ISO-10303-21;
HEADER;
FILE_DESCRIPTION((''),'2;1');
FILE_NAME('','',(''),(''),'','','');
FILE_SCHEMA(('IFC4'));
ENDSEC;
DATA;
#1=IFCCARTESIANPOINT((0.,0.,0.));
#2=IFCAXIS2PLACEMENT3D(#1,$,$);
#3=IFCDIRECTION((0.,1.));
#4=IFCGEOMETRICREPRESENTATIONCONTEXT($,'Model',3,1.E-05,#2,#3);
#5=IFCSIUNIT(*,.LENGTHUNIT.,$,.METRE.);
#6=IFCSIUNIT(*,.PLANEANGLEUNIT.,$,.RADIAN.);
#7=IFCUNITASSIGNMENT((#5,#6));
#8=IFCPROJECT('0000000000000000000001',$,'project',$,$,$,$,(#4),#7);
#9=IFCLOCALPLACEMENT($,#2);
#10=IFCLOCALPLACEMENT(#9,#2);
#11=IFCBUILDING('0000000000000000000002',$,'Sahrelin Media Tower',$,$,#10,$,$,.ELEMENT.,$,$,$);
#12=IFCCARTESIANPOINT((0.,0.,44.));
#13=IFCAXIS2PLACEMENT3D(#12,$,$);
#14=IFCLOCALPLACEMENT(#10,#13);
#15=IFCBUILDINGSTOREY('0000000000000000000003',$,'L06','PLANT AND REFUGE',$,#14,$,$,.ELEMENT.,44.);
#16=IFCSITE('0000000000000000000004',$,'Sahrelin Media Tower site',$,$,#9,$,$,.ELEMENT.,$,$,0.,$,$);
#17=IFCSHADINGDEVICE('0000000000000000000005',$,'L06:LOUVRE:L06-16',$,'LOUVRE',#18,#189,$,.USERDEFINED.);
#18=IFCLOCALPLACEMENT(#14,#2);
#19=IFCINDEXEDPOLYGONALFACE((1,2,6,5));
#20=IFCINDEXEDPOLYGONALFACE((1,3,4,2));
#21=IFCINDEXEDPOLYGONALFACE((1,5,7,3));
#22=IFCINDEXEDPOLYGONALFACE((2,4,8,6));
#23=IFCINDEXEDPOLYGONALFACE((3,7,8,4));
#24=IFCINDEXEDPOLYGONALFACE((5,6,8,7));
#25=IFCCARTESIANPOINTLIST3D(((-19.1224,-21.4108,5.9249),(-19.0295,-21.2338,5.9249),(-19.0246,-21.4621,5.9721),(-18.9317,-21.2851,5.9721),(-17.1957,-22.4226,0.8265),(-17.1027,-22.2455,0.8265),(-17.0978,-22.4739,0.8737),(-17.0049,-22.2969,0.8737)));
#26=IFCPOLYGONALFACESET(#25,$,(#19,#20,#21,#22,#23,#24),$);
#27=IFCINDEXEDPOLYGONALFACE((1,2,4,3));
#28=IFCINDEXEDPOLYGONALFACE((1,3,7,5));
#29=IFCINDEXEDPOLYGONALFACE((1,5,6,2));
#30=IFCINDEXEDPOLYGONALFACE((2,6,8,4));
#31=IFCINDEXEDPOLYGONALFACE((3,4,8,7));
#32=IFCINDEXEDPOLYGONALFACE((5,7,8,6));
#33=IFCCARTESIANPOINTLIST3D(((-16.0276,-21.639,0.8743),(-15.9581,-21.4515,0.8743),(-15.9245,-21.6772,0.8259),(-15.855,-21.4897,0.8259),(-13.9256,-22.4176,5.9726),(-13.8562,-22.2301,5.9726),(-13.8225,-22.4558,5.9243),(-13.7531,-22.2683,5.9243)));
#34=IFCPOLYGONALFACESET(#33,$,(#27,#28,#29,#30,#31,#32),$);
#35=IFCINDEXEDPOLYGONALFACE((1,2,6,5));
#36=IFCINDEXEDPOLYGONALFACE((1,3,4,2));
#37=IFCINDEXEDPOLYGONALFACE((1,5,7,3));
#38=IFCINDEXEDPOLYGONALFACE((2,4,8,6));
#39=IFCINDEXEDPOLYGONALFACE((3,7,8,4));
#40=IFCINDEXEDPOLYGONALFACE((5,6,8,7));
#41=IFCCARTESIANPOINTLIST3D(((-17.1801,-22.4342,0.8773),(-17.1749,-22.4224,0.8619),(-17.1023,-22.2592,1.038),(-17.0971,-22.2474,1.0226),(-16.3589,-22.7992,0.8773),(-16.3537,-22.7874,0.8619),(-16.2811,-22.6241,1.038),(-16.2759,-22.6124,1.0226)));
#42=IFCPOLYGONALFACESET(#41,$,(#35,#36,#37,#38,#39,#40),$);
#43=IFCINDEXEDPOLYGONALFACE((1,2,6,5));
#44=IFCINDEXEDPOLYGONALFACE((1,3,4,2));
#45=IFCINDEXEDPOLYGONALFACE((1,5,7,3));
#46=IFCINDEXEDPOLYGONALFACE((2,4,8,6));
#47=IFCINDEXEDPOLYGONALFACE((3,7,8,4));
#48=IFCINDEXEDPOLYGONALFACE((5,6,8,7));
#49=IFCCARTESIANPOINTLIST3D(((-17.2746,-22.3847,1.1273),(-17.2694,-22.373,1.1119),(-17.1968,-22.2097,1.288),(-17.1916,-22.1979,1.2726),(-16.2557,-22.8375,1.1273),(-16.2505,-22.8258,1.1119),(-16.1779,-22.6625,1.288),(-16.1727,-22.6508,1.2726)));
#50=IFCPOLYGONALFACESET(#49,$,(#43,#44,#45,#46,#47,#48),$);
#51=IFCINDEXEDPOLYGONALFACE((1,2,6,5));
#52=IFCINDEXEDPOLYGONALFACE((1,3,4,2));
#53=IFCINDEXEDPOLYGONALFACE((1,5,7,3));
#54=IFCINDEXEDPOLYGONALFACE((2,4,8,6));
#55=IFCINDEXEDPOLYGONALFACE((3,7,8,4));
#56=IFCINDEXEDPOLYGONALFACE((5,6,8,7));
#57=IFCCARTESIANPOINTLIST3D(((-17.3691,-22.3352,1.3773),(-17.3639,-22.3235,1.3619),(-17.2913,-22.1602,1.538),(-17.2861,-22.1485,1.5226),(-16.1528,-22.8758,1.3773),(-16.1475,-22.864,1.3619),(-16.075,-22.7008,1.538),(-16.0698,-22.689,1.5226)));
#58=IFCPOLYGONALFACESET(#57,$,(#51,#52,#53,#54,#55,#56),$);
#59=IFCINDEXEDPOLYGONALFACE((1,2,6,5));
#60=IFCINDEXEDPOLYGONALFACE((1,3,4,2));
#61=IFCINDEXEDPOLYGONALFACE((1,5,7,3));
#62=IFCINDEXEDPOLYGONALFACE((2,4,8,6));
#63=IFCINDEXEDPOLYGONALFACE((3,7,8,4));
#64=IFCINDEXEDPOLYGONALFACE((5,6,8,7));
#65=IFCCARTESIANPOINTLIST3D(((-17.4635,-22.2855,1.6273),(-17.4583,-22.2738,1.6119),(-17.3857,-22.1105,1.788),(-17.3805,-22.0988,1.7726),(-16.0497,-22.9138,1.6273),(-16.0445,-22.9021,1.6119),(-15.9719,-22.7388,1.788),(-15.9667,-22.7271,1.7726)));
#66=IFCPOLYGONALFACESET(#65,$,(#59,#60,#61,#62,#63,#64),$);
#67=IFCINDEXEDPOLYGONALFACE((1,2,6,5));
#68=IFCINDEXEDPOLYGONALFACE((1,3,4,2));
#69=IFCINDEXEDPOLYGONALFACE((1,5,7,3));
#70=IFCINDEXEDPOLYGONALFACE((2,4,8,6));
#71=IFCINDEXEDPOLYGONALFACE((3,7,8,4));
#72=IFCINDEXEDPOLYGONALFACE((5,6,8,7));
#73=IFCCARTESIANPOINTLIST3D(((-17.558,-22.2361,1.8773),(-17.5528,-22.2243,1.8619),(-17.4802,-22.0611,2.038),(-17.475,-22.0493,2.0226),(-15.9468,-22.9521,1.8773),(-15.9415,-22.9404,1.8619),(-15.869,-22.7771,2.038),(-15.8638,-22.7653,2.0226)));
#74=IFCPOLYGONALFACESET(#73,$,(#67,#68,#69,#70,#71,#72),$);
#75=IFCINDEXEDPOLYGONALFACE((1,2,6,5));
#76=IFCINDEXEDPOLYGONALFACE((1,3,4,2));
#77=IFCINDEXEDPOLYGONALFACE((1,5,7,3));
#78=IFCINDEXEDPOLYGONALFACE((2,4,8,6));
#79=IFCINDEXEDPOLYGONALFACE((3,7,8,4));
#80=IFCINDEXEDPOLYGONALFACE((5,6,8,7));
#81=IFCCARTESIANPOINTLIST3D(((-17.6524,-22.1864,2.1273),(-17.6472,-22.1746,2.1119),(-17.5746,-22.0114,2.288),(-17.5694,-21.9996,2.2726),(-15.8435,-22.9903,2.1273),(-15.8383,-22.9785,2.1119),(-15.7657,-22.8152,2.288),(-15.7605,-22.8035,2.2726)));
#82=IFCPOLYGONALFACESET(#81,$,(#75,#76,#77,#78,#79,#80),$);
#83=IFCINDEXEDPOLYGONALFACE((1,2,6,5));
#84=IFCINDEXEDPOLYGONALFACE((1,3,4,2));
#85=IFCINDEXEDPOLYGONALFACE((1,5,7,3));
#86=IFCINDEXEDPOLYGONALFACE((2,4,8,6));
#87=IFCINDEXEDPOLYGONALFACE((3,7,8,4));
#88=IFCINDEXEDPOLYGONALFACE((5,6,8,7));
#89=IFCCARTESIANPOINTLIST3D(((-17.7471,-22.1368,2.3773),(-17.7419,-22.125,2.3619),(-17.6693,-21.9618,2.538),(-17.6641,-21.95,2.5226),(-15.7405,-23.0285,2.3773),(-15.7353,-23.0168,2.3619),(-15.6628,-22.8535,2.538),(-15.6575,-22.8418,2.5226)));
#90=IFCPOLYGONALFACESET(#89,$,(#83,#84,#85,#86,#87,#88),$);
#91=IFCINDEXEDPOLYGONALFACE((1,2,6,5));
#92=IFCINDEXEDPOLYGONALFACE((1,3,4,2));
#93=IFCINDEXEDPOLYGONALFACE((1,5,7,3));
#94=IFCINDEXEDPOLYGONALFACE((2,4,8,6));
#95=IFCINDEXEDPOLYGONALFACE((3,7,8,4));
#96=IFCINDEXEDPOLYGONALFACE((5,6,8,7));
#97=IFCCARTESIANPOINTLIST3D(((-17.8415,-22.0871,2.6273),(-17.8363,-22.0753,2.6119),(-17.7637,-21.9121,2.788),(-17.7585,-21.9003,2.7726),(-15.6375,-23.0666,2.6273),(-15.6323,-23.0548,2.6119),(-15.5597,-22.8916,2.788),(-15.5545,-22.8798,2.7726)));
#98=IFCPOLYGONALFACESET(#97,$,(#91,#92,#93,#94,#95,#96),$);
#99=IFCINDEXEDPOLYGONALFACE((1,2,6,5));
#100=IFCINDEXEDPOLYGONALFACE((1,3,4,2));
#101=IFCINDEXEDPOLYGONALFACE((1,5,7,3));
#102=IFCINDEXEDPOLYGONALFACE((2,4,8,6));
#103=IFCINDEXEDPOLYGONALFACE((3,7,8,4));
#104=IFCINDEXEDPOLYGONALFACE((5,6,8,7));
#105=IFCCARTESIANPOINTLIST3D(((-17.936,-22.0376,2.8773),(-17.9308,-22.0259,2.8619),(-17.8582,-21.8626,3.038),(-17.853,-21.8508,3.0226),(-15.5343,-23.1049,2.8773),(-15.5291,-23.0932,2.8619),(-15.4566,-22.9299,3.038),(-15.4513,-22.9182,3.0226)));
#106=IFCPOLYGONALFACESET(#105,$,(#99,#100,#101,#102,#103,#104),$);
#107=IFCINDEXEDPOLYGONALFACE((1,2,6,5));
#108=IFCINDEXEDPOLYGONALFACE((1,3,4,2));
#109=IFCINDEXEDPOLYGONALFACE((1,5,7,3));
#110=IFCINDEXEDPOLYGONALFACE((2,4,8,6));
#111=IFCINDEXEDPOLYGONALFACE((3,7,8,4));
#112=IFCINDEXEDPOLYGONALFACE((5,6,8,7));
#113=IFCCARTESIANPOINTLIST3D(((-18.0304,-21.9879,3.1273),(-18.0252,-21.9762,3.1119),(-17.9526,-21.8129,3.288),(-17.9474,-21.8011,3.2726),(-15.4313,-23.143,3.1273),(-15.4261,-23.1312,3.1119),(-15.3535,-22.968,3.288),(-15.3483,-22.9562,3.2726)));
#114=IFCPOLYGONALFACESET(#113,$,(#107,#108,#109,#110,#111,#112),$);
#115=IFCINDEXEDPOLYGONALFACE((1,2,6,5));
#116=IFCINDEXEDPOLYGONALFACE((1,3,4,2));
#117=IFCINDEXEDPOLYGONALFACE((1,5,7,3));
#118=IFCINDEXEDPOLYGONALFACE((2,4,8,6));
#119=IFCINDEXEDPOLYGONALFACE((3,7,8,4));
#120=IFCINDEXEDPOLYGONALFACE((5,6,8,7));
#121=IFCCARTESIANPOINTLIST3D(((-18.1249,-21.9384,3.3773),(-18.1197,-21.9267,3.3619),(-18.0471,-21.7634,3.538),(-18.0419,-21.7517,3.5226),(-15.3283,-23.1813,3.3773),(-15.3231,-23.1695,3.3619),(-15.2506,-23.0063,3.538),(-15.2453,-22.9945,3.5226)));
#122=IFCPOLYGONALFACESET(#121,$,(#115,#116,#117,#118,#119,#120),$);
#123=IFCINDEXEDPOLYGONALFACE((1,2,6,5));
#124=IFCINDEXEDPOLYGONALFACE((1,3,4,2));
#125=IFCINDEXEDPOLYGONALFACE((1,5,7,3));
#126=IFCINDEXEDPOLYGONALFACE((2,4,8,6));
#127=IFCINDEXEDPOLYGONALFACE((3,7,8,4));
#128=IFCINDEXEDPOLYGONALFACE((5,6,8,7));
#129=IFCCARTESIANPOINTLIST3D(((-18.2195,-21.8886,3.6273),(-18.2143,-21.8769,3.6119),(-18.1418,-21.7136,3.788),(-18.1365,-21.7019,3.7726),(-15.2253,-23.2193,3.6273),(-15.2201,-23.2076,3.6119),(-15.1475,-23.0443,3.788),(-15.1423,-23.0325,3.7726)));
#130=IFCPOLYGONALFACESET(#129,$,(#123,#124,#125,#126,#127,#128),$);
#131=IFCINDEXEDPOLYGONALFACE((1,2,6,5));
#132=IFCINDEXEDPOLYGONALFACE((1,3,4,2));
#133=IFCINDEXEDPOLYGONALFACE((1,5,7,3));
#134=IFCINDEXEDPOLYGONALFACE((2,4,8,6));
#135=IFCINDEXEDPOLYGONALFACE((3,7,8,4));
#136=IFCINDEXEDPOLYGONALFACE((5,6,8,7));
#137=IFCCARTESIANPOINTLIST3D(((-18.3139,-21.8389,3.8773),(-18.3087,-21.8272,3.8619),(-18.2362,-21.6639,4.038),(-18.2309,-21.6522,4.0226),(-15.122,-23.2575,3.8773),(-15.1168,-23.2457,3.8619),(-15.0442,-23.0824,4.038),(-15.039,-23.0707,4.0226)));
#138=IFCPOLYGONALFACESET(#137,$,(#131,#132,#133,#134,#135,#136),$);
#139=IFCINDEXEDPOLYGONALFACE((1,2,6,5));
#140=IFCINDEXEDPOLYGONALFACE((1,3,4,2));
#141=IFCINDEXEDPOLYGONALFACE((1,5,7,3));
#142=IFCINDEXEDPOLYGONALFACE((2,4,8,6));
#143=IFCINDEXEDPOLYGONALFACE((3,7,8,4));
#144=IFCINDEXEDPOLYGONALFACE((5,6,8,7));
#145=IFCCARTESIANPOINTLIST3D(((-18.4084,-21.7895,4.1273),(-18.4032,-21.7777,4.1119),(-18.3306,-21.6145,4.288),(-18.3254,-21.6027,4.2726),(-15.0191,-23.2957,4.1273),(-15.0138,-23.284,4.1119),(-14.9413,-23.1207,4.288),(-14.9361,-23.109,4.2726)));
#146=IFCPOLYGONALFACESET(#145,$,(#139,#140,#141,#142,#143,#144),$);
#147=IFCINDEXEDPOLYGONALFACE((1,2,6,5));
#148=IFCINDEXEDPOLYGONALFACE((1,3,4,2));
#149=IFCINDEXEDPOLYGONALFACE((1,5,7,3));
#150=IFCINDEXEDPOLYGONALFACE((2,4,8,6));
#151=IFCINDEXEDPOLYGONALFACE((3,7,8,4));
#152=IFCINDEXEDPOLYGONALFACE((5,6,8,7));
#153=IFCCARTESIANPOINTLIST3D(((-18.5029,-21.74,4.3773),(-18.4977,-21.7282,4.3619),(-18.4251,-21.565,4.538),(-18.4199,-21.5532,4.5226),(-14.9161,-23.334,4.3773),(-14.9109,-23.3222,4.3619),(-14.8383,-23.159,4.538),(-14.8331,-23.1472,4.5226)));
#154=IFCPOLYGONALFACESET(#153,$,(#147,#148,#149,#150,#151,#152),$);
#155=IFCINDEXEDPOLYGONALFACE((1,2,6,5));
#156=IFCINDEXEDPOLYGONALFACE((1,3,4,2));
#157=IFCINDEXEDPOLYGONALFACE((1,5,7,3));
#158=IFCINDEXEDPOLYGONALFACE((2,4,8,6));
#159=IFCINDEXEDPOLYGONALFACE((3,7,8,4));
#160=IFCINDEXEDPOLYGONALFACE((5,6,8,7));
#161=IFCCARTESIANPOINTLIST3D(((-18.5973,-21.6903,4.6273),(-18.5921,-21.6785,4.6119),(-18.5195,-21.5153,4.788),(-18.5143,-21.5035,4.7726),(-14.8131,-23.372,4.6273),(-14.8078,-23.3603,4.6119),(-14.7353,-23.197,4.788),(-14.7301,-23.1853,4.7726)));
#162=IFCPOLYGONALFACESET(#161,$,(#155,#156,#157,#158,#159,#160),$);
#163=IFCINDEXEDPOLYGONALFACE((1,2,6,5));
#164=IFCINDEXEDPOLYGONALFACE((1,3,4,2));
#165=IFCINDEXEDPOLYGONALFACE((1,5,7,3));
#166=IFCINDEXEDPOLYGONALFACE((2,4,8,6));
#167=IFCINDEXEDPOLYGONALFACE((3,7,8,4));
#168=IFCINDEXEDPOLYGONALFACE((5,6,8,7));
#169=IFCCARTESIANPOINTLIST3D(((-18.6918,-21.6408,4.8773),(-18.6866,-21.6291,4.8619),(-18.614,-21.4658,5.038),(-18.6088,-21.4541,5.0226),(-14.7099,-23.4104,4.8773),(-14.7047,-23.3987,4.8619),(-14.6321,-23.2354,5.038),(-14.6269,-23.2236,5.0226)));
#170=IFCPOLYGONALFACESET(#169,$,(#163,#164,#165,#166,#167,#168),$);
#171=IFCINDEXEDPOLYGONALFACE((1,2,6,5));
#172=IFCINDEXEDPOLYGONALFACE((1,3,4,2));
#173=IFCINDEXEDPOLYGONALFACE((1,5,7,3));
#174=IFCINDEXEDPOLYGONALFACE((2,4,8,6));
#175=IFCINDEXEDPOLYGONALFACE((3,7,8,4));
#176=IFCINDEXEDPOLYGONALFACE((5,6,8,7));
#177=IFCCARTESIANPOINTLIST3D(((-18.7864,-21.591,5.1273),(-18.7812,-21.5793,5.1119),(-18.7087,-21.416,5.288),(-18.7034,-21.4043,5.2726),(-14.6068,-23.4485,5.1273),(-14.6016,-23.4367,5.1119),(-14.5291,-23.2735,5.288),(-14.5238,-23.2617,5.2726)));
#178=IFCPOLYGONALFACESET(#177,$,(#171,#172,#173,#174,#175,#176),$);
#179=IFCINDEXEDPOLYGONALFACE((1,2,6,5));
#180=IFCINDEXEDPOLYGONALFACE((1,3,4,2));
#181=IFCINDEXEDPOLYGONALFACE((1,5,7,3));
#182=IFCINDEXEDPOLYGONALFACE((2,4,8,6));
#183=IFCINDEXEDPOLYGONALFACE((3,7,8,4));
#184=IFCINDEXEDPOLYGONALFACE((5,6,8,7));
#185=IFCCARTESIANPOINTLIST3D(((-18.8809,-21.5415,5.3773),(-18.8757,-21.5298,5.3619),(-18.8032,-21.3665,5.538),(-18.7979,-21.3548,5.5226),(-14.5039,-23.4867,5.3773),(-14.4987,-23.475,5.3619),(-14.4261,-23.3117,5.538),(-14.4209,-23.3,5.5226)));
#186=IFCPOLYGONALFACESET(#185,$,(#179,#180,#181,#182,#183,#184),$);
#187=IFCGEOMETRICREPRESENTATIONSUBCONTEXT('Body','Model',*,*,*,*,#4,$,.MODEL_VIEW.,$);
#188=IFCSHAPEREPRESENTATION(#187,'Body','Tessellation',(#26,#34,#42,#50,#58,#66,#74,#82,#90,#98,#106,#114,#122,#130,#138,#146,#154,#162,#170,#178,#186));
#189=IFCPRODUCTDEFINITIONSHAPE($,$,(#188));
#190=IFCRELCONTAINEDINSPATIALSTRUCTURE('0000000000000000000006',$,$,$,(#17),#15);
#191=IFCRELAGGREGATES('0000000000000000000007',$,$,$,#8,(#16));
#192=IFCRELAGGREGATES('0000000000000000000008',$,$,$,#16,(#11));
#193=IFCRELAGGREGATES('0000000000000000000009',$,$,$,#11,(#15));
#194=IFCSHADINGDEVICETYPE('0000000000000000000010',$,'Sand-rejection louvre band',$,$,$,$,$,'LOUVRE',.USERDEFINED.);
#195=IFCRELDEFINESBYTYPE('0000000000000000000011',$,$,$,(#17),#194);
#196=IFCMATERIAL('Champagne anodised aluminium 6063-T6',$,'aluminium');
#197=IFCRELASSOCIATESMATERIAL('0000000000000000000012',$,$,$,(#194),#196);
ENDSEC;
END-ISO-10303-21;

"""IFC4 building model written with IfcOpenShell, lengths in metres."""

from ifc_helpers import new_model, si_unit, direction, frame, origin, origin_2d, place, context, subcontext, project, spatial, rectangle, extrude, material, type_object, element, save


model = new_model("IFC4")

# Units and contexts
model_context = context("Model", 3, precision=1e-05, world=origin(), true_north=direction((0.0, 1.0)))
body_context = subcontext(model_context, "Body", "Model", "MODEL_VIEW")
ifc_project = project(units=[si_unit("LENGTHUNIT", "METRE"), si_unit("PLANEANGLEUNIT", "RADIAN")], contexts=[model_context])

# Site, building, storey
site_placement = place(None, origin())
site = spatial("IfcSite", under=ifc_project, at=site_placement, Name="Sahrelin Media Tower site", CompositionType="ELEMENT", RefElevation=0.0)
building_placement = place(site_placement, origin())
building = spatial("IfcBuilding", under=site, at=building_placement, Name="Sahrelin Media Tower", CompositionType="ELEMENT")
storey_placement = place(building_placement, frame((0.0, 0.0, 44.0)))
storey = spatial("IfcBuildingStorey", under=building, at=storey_placement, Name="L06", Description="PLANT AND REFUGE", CompositionType="ELEMENT", Elevation=44.0)

# Shading device
ifc_material_1 = material(Name="Champagne anodised aluminium 6063-T6", Category="aluminium")
shading_device_type = type_object("IfcShadingDeviceType", Name="Sand-rejection louvre band", ElementType="LOUVRE", PredefinedType="USERDEFINED", material=ifc_material_1)
shading_device_1_placement = place(storey_placement, frame((-16.4807, -22.0056, 0.0), z_axis=(0.0, 0.0, 1.0), x_axis=(-0.913824, 0.406111, 0.0)))
element("IfcShadingDevice", 1, at=shading_device_1_placement, inside=storey, type_object=shading_device_type, Name="L06:LOUVRE:L06-16", ObjectType="LOUVRE", PredefinedType="USERDEFINED", context=body_context, shape_type="SweptSolid", body=[
    extrude(rectangle(XDim=0.2, YDim=0.1201, at=origin_2d()), frame((0.4224, 0.5752, 0.8501), z_axis=(0.391748, -0.025632, 0.919716), x_axis=(0.06529, 0.997866, 0.0)), (0.0, 0.0, 1.0), 5.5435),
    extrude(rectangle(XDim=0.2, YDim=0.1201, at=origin_2d()), frame((-0.3137, -0.6223, 0.8501), z_axis=(-0.40167, -0.025513, 0.915429), x_axis=(0.063389, -0.997989, 0.0)), (0.0, 0.0, 1.0), 5.5693),
    extrude(rectangle(XDim=0.25, YDim=0.02, at=origin_2d()), frame((0.4651, 0.5735, 0.95), z_axis=(-1.0, 0.0, 0.0), x_axis=(0.0, -0.766044, 0.642788)), (0.0, 0.0, 1.0), 0.8987),
    extrude(rectangle(XDim=0.25, YDim=0.02, at=origin_2d()), frame((0.5715, 0.5667, 1.2), z_axis=(-1.0, 0.0, 0.0), x_axis=(0.0, -0.766044, 0.642788)), (0.0, 0.0, 1.0), 1.115),
    extrude(rectangle(XDim=0.25, YDim=0.02, at=origin_2d()), frame((0.678, 0.5598, 1.45), z_axis=(-1.0, 0.0, 0.0), x_axis=(0.0, -0.766044, 0.642788)), (0.0, 0.0, 1.0), 1.3311),
    extrude(rectangle(XDim=0.25, YDim=0.02, at=origin_2d()), frame((0.7844, 0.5527, 1.7), z_axis=(-1.0, 0.0, 0.0), x_axis=(0.0, -0.766044, 0.642788)), (0.0, 0.0, 1.0), 1.5471),
    extrude(rectangle(XDim=0.25, YDim=0.02, at=origin_2d()), frame((0.8909, 0.5459, 1.95), z_axis=(-1.0, 0.0, 0.0), x_axis=(0.0, -0.766044, 0.642788)), (0.0, 0.0, 1.0), 1.7632),
    extrude(rectangle(XDim=0.25, YDim=0.02, at=origin_2d()), frame((0.9973, 0.5388, 2.2), z_axis=(-1.0, 0.0, 0.0), x_axis=(0.0, -0.766044, 0.642788)), (0.0, 0.0, 1.0), 1.9795),
    extrude(rectangle(XDim=0.25, YDim=0.02, at=origin_2d()), frame((1.104, 0.532, 2.45), z_axis=(-1.0, 0.0, 0.0), x_axis=(0.0, -0.766044, 0.642788)), (0.0, 0.0, 1.0), 2.1958),
    extrude(rectangle(XDim=0.25, YDim=0.02, at=origin_2d()), frame((1.2104, 0.5249, 2.7), z_axis=(-1.0, 0.0, 0.0), x_axis=(0.0, -0.766044, 0.642788)), (0.0, 0.0, 1.0), 2.4119),
    extrude(rectangle(XDim=0.25, YDim=0.02, at=origin_2d()), frame((1.3169, 0.5181, 2.95), z_axis=(-1.0, 0.0, 0.0), x_axis=(0.0, -0.766044, 0.642788)), (0.0, 0.0, 1.0), 2.6282),
    extrude(rectangle(XDim=0.25, YDim=0.02, at=origin_2d()), frame((1.4233, 0.511, 3.2), z_axis=(-1.0, 0.0, 0.0), x_axis=(0.0, -0.766044, 0.642788)), (0.0, 0.0, 1.0), 2.8442),
    extrude(rectangle(XDim=0.25, YDim=0.02, at=origin_2d()), frame((1.5298, 0.5042, 3.45), z_axis=(-1.0, 0.0, 0.0), x_axis=(0.0, -0.766044, 0.642788)), (0.0, 0.0, 1.0), 3.0603),
    extrude(rectangle(XDim=0.25, YDim=0.02, at=origin_2d()), frame((1.6365, 0.4971, 3.7), z_axis=(-1.0, 0.0, 0.0), x_axis=(0.0, -0.766044, 0.642788)), (0.0, 0.0, 1.0), 3.2766),
    extrude(rectangle(XDim=0.25, YDim=0.02, at=origin_2d()), frame((1.7429, 0.49, 3.95), z_axis=(-1.0, 0.0, 0.0), x_axis=(0.0, -0.766044, 0.642788)), (0.0, 0.0, 1.0), 3.4929),
    extrude(rectangle(XDim=0.25, YDim=0.02, at=origin_2d()), frame((1.8494, 0.4832, 4.2), z_axis=(-1.0, 0.0, 0.0), x_axis=(0.0, -0.766044, 0.642788)), (0.0, 0.0, 1.0), 3.709),
    extrude(rectangle(XDim=0.25, YDim=0.02, at=origin_2d()), frame((1.9558, 0.4763, 4.45), z_axis=(-1.0, 0.0, 0.0), x_axis=(0.0, -0.766044, 0.642788)), (0.0, 0.0, 1.0), 3.925),
    extrude(rectangle(XDim=0.25, YDim=0.02, at=origin_2d()), frame((2.0623, 0.4692, 4.7), z_axis=(-1.0, 0.0, 0.0), x_axis=(0.0, -0.766044, 0.642788)), (0.0, 0.0, 1.0), 4.1411),
    extrude(rectangle(XDim=0.25, YDim=0.02, at=origin_2d()), frame((2.1687, 0.4624, 4.95), z_axis=(-1.0, 0.0, 0.0), x_axis=(0.0, -0.766044, 0.642788)), (0.0, 0.0, 1.0), 4.3574),
    extrude(rectangle(XDim=0.25, YDim=0.02, at=origin_2d()), frame((2.2754, 0.4553, 5.2), z_axis=(-1.0, 0.0, 0.0), x_axis=(0.0, -0.766044, 0.642788)), (0.0, 0.0, 1.0), 4.5737),
    extrude(rectangle(XDim=0.25, YDim=0.02, at=origin_2d()), frame((2.3818, 0.4485, 5.45), z_axis=(-1.0, 0.0, 0.0), x_axis=(0.0, -0.766044, 0.642788)), (0.0, 0.0, 1.0), 4.7898),
])

save(model, "model.ifc")
